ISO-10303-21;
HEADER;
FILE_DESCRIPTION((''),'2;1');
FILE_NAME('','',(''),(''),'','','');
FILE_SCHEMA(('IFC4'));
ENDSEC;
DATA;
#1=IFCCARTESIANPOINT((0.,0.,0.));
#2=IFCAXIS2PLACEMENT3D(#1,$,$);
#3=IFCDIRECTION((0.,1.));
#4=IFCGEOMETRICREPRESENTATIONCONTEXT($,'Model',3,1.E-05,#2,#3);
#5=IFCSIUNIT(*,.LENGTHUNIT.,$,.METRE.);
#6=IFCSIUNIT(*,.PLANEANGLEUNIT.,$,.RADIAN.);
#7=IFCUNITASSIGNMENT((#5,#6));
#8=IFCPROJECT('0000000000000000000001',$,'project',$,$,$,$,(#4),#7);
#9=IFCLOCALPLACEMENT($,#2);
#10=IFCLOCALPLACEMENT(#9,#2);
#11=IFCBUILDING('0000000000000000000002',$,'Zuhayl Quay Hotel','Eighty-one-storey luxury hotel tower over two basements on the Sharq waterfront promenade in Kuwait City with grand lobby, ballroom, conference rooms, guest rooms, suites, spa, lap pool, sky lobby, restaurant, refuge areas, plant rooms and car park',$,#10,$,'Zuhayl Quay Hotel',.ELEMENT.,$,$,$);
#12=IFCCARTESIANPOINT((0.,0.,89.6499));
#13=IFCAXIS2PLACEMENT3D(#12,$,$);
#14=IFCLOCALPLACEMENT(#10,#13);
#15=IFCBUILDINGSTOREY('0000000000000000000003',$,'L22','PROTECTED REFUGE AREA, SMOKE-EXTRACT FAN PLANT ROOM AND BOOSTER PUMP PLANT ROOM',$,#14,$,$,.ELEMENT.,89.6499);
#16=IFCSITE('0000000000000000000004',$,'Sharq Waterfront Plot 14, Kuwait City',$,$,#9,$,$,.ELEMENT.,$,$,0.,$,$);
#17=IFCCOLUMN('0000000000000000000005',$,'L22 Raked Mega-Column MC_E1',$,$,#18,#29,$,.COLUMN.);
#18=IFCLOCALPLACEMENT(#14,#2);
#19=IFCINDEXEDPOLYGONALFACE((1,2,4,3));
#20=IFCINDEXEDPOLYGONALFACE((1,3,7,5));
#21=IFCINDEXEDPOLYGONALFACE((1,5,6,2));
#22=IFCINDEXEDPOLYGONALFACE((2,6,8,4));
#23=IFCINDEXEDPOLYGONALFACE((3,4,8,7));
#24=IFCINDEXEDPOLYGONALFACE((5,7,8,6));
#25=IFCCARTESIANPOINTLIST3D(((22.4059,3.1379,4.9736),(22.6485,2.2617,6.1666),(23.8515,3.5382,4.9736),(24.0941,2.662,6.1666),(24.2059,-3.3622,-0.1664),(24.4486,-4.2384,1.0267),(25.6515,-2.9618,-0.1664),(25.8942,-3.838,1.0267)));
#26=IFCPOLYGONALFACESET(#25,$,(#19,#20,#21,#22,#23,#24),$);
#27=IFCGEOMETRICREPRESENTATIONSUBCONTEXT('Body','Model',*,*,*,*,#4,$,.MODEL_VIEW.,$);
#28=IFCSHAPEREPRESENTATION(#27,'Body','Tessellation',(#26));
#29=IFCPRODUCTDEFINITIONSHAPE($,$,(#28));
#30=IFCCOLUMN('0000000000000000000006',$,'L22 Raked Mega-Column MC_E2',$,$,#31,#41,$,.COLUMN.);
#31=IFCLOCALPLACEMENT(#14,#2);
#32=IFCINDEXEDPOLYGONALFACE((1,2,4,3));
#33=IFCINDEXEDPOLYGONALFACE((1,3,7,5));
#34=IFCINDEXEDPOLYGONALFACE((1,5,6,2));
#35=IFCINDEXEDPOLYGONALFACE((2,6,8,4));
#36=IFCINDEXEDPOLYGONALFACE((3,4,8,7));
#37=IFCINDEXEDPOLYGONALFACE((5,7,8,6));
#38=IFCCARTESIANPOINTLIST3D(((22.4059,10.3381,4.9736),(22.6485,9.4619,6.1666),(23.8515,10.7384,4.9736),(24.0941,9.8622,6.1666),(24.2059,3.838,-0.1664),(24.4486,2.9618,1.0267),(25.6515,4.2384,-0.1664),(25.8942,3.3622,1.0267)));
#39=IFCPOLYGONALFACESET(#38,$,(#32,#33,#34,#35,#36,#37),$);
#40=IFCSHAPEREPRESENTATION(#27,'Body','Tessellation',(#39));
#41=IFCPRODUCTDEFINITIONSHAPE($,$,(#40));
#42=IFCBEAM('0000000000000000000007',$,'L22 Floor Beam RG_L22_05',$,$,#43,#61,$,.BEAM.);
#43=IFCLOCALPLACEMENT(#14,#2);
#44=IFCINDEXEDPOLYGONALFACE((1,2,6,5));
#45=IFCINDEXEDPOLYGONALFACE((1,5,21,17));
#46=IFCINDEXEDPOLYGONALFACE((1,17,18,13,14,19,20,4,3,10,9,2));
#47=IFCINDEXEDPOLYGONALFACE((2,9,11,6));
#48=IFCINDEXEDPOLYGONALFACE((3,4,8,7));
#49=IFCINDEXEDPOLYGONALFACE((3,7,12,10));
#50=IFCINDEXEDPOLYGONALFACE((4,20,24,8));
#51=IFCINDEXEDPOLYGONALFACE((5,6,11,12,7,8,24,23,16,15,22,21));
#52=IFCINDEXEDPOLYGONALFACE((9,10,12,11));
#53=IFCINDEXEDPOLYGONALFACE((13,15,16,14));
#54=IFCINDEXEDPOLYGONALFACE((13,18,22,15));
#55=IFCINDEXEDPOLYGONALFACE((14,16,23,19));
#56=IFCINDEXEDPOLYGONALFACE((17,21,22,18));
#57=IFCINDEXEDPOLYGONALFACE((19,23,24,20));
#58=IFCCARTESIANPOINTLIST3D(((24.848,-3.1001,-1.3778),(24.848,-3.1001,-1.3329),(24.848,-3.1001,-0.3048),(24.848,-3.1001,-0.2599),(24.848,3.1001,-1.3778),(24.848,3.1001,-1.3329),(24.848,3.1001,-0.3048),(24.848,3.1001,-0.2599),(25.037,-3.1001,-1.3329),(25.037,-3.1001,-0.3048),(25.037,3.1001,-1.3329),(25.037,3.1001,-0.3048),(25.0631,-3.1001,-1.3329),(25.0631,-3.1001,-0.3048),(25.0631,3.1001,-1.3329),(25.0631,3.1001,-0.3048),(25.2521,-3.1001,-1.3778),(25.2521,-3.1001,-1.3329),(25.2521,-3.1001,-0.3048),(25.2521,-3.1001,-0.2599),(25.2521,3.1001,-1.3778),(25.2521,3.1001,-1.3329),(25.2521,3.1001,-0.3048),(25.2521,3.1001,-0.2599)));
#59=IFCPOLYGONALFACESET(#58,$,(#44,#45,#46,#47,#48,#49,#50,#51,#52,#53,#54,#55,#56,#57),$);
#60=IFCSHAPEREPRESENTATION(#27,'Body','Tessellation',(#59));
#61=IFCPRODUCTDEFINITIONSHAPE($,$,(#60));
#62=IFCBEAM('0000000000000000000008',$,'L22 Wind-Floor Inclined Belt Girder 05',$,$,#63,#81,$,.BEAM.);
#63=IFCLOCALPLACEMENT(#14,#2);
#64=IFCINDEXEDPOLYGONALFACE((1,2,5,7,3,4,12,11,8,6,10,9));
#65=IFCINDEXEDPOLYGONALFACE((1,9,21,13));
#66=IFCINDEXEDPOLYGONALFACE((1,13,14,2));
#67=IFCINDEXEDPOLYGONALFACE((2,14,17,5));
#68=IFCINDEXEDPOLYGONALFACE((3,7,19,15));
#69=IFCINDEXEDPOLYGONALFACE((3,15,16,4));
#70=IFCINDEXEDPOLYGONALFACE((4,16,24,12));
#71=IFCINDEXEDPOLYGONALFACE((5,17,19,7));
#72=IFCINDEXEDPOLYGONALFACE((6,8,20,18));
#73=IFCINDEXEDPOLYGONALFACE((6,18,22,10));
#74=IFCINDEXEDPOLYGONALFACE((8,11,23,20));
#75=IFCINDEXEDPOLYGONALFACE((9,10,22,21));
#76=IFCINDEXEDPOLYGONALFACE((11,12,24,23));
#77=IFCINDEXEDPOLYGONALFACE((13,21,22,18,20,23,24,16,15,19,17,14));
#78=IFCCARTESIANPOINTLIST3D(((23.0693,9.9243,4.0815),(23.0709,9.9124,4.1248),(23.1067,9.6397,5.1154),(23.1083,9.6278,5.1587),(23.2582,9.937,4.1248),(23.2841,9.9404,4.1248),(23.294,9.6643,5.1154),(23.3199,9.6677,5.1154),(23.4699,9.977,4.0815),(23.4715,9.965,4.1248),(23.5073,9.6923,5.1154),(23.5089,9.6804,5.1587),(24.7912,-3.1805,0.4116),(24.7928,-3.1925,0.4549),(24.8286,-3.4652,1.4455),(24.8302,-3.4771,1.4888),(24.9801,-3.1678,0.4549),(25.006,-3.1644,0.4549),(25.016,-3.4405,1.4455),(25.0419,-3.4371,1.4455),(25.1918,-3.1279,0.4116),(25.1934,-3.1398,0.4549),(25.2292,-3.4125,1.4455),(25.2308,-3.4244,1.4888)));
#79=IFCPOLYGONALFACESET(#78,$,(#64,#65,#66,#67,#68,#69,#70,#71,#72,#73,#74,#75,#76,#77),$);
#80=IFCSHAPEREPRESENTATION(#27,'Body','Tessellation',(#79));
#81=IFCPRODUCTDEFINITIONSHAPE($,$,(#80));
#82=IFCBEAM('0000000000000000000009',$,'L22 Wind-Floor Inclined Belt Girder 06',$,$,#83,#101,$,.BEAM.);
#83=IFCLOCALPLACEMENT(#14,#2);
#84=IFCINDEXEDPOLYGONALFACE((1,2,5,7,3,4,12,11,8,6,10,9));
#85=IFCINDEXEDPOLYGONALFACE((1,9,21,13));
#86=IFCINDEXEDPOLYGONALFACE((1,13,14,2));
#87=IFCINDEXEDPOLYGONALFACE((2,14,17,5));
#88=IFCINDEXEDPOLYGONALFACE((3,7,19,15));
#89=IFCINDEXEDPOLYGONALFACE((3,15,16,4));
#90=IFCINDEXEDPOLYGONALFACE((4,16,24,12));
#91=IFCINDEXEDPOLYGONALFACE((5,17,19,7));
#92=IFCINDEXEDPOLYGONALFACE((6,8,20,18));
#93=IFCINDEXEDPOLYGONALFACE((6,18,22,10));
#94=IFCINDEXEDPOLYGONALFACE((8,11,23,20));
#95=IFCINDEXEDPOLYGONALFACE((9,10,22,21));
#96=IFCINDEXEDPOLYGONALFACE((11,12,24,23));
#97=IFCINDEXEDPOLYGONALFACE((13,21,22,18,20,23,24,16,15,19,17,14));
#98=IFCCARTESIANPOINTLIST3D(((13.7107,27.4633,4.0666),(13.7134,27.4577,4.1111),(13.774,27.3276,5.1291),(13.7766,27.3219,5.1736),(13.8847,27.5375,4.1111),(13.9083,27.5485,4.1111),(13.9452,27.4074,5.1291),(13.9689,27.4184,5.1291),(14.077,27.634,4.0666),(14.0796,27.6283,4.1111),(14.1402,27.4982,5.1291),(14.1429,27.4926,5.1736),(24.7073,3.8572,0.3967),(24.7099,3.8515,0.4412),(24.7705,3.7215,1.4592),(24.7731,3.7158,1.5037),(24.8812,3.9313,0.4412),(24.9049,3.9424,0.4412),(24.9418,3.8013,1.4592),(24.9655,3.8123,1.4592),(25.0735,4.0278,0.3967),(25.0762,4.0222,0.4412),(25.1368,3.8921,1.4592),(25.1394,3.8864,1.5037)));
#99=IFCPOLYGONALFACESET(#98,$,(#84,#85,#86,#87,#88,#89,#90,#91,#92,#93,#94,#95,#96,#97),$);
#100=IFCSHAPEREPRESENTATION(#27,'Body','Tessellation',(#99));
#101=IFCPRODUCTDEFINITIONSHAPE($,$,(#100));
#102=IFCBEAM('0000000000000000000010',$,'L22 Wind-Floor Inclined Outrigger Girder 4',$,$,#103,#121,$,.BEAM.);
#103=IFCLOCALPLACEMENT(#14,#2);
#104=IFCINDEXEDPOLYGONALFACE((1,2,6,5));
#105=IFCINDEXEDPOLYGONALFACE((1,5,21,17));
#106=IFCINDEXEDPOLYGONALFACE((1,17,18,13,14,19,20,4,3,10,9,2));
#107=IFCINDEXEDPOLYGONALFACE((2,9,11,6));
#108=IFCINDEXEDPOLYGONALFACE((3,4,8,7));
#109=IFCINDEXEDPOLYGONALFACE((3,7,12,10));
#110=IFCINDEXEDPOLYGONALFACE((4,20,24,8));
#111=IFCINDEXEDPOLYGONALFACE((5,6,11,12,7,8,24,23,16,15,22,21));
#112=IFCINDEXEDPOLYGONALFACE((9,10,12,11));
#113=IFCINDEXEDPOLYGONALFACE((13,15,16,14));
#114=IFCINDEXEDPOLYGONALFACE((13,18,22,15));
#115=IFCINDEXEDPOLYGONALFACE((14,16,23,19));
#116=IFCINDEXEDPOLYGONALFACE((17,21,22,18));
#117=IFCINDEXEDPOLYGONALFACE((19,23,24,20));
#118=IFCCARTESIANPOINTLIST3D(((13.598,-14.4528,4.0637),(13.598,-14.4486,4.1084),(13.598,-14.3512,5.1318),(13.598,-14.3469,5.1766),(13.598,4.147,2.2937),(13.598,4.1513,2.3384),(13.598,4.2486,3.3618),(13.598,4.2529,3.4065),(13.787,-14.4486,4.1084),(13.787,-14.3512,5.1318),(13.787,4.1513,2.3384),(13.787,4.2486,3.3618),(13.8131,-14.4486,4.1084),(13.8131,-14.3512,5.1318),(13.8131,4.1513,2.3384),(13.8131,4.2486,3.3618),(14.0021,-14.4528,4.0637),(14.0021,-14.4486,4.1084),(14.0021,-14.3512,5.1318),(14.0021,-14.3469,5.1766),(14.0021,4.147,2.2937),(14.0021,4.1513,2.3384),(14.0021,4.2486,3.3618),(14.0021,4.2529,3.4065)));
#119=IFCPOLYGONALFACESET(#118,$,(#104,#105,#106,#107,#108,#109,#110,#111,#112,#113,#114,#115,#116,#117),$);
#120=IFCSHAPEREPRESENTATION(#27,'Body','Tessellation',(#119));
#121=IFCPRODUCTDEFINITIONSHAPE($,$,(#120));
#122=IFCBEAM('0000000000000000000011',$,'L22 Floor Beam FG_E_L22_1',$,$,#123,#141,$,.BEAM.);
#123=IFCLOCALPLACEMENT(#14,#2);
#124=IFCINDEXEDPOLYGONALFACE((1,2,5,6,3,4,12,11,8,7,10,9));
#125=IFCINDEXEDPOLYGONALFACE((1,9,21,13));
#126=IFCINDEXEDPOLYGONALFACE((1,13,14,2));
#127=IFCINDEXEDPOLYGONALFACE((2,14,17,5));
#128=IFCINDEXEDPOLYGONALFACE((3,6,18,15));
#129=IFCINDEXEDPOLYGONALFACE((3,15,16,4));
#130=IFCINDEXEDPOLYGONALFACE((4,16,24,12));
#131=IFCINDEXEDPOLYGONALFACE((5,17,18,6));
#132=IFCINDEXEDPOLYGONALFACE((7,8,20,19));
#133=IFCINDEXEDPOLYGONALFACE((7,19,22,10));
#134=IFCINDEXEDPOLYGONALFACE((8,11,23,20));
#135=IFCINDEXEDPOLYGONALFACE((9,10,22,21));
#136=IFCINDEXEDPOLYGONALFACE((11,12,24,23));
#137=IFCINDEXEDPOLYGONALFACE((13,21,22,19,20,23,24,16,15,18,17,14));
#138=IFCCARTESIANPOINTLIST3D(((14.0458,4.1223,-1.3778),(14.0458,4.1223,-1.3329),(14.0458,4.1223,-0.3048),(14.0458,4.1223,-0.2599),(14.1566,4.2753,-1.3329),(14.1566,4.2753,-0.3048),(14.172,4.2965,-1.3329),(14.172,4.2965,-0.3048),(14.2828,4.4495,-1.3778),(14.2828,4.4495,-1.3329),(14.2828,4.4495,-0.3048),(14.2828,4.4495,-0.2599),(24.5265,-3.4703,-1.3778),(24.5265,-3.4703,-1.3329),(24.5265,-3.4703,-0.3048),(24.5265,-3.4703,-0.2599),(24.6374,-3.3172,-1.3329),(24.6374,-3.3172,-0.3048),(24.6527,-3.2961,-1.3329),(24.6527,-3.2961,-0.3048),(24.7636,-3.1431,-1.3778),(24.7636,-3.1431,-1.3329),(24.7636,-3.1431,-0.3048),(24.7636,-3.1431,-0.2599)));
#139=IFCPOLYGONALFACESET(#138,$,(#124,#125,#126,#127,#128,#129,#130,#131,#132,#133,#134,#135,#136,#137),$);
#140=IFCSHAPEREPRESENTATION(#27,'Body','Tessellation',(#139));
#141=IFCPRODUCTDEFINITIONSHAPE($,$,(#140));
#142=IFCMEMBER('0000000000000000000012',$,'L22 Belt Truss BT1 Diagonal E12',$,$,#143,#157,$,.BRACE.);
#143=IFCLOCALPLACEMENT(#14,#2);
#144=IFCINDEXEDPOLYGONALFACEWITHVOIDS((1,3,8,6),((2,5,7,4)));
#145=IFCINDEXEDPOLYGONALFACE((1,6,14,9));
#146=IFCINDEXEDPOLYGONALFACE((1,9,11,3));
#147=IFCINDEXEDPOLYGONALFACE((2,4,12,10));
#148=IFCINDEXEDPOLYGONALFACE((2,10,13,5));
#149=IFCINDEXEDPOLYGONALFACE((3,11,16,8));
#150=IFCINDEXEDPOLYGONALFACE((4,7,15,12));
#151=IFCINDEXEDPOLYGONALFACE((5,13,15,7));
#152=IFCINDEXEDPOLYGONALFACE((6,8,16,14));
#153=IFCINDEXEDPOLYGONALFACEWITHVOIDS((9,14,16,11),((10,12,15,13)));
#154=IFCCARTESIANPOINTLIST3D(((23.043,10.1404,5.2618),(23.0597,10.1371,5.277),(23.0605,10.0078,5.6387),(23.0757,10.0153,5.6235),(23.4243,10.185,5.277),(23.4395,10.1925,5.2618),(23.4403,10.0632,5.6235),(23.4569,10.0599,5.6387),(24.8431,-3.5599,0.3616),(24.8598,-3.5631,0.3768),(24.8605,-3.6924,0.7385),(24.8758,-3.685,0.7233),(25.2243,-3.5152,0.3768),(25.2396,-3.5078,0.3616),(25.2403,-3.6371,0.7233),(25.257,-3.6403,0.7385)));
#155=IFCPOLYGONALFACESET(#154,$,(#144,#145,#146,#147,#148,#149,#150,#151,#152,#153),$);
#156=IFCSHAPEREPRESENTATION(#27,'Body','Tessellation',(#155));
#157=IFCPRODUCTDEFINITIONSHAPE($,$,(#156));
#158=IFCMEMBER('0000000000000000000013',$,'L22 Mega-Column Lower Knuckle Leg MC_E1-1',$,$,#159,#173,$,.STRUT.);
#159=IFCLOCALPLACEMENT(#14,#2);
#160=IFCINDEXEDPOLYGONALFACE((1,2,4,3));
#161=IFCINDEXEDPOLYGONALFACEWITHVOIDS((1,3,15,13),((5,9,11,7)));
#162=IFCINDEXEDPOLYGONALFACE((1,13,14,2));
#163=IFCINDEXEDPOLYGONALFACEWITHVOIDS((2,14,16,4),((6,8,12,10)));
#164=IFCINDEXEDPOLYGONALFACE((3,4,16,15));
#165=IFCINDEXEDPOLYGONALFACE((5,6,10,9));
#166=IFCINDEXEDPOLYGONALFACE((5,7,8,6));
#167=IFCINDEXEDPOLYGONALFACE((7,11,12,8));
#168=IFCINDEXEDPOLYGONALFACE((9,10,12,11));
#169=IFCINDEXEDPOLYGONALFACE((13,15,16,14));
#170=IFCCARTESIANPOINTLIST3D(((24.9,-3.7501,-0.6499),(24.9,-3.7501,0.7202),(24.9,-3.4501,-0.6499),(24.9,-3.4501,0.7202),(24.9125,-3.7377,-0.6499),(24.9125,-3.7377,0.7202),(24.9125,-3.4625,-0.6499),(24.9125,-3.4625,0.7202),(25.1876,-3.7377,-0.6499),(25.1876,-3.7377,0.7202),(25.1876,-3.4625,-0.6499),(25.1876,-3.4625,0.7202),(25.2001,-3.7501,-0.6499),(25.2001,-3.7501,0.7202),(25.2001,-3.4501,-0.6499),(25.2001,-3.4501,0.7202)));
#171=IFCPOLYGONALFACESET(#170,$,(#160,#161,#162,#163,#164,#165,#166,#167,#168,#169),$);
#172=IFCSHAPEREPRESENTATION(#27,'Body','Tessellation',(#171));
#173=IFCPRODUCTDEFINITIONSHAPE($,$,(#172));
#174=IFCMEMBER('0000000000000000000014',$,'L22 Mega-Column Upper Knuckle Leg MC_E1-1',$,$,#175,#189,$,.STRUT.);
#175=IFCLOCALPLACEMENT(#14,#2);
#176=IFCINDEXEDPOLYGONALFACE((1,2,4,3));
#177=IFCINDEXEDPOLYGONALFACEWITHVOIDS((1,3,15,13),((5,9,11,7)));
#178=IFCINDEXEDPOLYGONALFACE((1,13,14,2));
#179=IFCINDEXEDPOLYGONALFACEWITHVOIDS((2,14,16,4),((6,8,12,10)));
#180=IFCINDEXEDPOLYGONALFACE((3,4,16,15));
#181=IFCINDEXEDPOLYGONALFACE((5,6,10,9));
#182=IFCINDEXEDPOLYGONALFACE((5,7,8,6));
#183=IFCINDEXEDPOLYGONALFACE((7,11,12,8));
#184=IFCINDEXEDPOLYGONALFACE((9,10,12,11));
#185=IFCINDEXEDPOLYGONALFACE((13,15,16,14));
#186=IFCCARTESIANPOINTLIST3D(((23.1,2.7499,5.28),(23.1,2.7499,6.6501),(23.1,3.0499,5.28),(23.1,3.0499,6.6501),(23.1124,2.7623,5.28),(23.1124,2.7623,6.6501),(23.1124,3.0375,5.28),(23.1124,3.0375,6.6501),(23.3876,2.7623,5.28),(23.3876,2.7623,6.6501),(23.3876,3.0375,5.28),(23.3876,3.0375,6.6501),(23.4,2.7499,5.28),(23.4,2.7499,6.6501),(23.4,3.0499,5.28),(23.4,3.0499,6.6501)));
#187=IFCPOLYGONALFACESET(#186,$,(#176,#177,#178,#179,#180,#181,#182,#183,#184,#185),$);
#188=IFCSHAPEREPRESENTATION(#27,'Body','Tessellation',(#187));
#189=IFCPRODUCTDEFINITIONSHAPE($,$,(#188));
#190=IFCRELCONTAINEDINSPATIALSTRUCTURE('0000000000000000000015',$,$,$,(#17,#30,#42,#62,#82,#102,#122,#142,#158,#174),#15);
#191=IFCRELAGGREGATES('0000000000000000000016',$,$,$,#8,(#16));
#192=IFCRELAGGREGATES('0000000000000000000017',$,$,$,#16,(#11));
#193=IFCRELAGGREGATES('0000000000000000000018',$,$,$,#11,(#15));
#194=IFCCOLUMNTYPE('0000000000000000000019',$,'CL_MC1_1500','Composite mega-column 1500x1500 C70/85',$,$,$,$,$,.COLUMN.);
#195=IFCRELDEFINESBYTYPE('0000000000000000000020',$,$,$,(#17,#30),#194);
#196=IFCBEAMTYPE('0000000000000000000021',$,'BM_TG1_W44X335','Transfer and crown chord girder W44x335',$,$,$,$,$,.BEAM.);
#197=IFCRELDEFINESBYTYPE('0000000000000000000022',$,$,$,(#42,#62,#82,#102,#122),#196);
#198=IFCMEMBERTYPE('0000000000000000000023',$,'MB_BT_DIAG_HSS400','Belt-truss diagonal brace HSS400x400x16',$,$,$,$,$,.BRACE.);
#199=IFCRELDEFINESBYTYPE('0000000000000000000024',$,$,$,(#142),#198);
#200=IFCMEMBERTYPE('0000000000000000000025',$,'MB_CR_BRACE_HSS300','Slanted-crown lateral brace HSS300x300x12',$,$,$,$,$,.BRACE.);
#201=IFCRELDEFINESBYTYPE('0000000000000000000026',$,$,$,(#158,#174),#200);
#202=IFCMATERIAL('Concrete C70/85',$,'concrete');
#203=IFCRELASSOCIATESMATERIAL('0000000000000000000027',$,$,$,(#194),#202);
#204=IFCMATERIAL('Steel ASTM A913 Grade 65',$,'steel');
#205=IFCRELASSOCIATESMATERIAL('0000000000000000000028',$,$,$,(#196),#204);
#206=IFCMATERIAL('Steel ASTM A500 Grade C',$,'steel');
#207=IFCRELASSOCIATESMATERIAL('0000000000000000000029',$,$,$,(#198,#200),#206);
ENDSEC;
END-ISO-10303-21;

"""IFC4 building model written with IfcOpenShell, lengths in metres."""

from ifc_helpers import new_model, si_unit, direction, frame, origin, origin_2d, place, context, subcontext, project, spatial, rectangle, hollow_rectangle, i_section, extrude, material, material_profile, profile_set, type_object, element, save


model = new_model("IFC4")

# Units and contexts
model_context = context("Model", 3, precision=1e-05, world=origin(), true_north=direction((0.0, 1.0)))
body_context = subcontext(model_context, "Body", "Model", "MODEL_VIEW")
ifc_project = project(units=[si_unit("LENGTHUNIT", "METRE"), si_unit("PLANEANGLEUNIT", "RADIAN")], contexts=[model_context])

# Site, building, storey
site_placement = place(None, origin())
site = spatial("IfcSite", under=ifc_project, at=site_placement, Name="Sharq Waterfront Plot 14, Kuwait City", CompositionType="ELEMENT", RefElevation=0.0)
building_placement = place(site_placement, origin())
building = spatial("IfcBuilding", under=site, at=building_placement, Name="Zuhayl Quay Hotel", Description="Eighty-one-storey luxury hotel tower over two basements on the Sharq waterfront promenade in Kuwait City with grand lobby, ballroom, conference rooms, guest rooms, suites, spa, lap pool, sky lobby, restaurant, refuge areas, plant rooms and car park", LongName="Zuhayl Quay Hotel", CompositionType="ELEMENT")
storey_placement = place(building_placement, frame((0.0, 0.0, 89.6499)))
storey = spatial("IfcBuildingStorey", under=building, at=storey_placement, Name="L22", Description="PROTECTED REFUGE AREA, SMOKE-EXTRACT FAN PLANT ROOM AND BOOSTER PUMP PLANT ROOM", CompositionType="ELEMENT", Elevation=89.6499)

# Columns
ifc_material_1 = material(Name="Concrete C70/85", Category="concrete")
ifc_material_profile_1 = material_profile(ifc_material_1, rectangle(XDim=1.5, YDim=1.5, at=origin_2d()), Name="RC1500X1500")
ifc_profile_set_1 = profile_set([ifc_material_profile_1], Name="Concrete C70/85")
column_type = type_object("IfcColumnType", Name="CL_MC1_1500", Description="Composite mega-column 1500x1500 C70/85", PredefinedType="COLUMN", material=ifc_profile_set_1)
for number, where, z_axis, x_axis, name in (
    (1, (25.05, -3.6001, 0.4302), (-0.212272, 0.766519, 0.606127), (-0.963728, -0.266886, 0.0), "L22 Raked Mega-Column MC_E1"),
    (2, (25.05, 3.6001, 0.4302), (-0.212272, 0.766519, 0.606127), (-0.963728, -0.266886, 0.0), "L22 Raked Mega-Column MC_E2"),
):
    element("IfcColumn", number, at=place(storey_placement, frame(where, z_axis=z_axis, x_axis=x_axis)), inside=storey, type_object=column_type, Name=name, PredefinedType="COLUMN", context=body_context, shape_type="SweptSolid", body=[
        extrude(rectangle(XDim=1.5, YDim=1.5, at=origin_2d()), origin(), (0.0, 0.0, 1.0), 8.48),
    ])

# Beams
ifc_material_2 = material(Name="Steel ASTM A913 Grade 65", Category="steel")
ifc_material_profile_2 = material_profile(ifc_material_2, i_section(OverallWidth=0.4041, OverallDepth=1.1179, WebThickness=0.0261, FlangeThickness=0.0449, at=origin_2d()), Name="W44X335")
ifc_profile_set_2 = profile_set([ifc_material_profile_2], Name="Steel ASTM A913 Grade 65")
beam_type = type_object("IfcBeamType", Name="BM_TG1_W44X335", Description="Transfer and crown chord girder W44x335", PredefinedType="BEAM", material=ifc_profile_set_2)
beam_1_placement = place(storey_placement, frame((25.05, -3.1001, -0.8188), z_axis=(0.0, 1.0, 0.0), x_axis=(-1.0, 0.0, 0.0)))
element("IfcBeam", 3, at=beam_1_placement, inside=storey, type_object=beam_type, Name="L22 Floor Beam RG_L22_05", PredefinedType="BEAM", context=body_context, shape_type="SweptSolid", body=[
    extrude(i_section(OverallWidth=0.4041, OverallDepth=1.1179, WebThickness=0.0261, FlangeThickness=0.0449, at=origin_2d()), origin(), (0.0, 0.0, 1.0), 6.2002),
])
beam_2_placement = place(storey_placement, frame((25.011, -3.3025, 0.9502), z_axis=(-0.125526, 0.955337, 0.267533), x_axis=(-0.991478, -0.130275, 0.0)))
element("IfcBeam", 4, at=beam_2_placement, inside=storey, type_object=beam_type, Name="L22 Wind-Floor Inclined Belt Girder 05", PredefinedType="BEAM", context=body_context, shape_type="SweptSolid", body=[
    extrude(i_section(OverallWidth=0.4041, OverallDepth=1.1179, WebThickness=0.0261, FlangeThickness=0.0449, at=origin_2d()), origin(), (0.0, 0.0, 1.0), 13.7175),
])
beam_3_placement = place(storey_placement, frame((24.9233, 3.8718, 0.9502), z_axis=(-0.418134, 0.897603, 0.139545), x_axis=(-0.906472, -0.422266, 0.0)))
element("IfcBeam", 5, at=beam_3_placement, inside=storey, type_object=beam_type, Name="L22 Wind-Floor Inclined Belt Girder 06", PredefinedType="BEAM", context=body_context, shape_type="SweptSolid", body=[
    extrude(i_section(OverallWidth=0.4041, OverallDepth=1.1179, WebThickness=0.0261, FlangeThickness=0.0449, at=origin_2d()), origin(), (0.0, 0.0, 1.0), 26.2991),
])
beam_4_placement = place(storey_placement, frame((13.8, 4.2, 2.8501), z_axis=(0.0, -0.995503, 0.094735), x_axis=(1.0, 0.0, 0.0)))
element("IfcBeam", 6, at=beam_4_placement, inside=storey, type_object=beam_type, Name="L22 Wind-Floor Inclined Outrigger Girder 4", PredefinedType="BEAM", context=body_context, shape_type="SweptSolid", body=[
    extrude(i_section(OverallWidth=0.4041, OverallDepth=1.1179, WebThickness=0.0261, FlangeThickness=0.0449, at=origin_2d()), origin(), (0.0, 0.0, 1.0), 18.6838),
])
beam_5_placement = place(storey_placement, frame((14.1643, 4.2859, -0.8188), z_axis=(0.80983, -0.586664, 0.0), x_axis=(0.586664, 0.80983, 0.0)))
element("IfcBeam", 7, at=beam_5_placement, inside=storey, type_object=beam_type, Name="L22 Floor Beam FG_E_L22_1", PredefinedType="BEAM", context=body_context, shape_type="SweptSolid", body=[
    extrude(i_section(OverallWidth=0.4041, OverallDepth=1.1179, WebThickness=0.0261, FlangeThickness=0.0449, at=origin_2d()), origin(), (0.0, 0.0, 1.0), 12.9419),
])

# Members
ifc_material_3 = material(Name="Steel ASTM A500 Grade C", Category="steel")
ifc_material_profile_3 = material_profile(ifc_material_3, hollow_rectangle(XDim=0.3999, YDim=0.3999, WallThickness=0.0161, at=origin_2d()), Name="HSS400X400X16")
ifc_profile_set_3 = profile_set([ifc_material_profile_3], Name="Steel ASTM A500 Grade C")
member_type_1 = type_object("IfcMemberType", Name="MB_BT_DIAG_HSS400", Description="Belt-truss diagonal brace HSS400x400x16", PredefinedType="BRACE", material=ifc_profile_set_3)
member_1_placement = place(storey_placement, frame((25.05, -3.6001, 0.55), z_axis=(-0.122777, 0.934461, 0.334228), x_axis=(-0.991479, -0.130269, 0.0)))
element("IfcMember", 8, at=member_1_placement, inside=storey, type_object=member_type_1, Name="L22 Belt Truss BT1 Diagonal E12", PredefinedType="BRACE", context=body_context, shape_type="SweptSolid", body=[
    extrude(hollow_rectangle(XDim=0.3999, YDim=0.3999, WallThickness=0.0161, at=origin_2d()), origin(), (0.0, 0.0, 1.0), 14.6611),
])
ifc_material_profile_4 = material_profile(ifc_material_3, hollow_rectangle(XDim=0.3, YDim=0.3, WallThickness=0.0125, at=origin_2d()), Name="HSS300X300X12")
ifc_profile_set_4 = profile_set([ifc_material_profile_4], Name="Steel ASTM A500 Grade C")
member_type_2 = type_object("IfcMemberType", Name="MB_CR_BRACE_HSS300", Description="Slanted-crown lateral brace HSS300x300x12", PredefinedType="BRACE", material=ifc_profile_set_4)
for number, where, z_axis, x_axis, name in (
    (9, (25.05, -3.6001, -0.6499), (0.0, 0.0, 1.0), (1.0, 0.0, 0.0), "L22 Mega-Column Lower Knuckle Leg MC_E1-1"),
    (10, (23.25, 2.8999, 5.28), (0.0, 0.0, 1.0), (1.0, 0.0, 0.0), "L22 Mega-Column Upper Knuckle Leg MC_E1-1"),
):
    element("IfcMember", number, at=place(storey_placement, frame(where, z_axis=z_axis, x_axis=x_axis)), inside=storey, type_object=member_type_2, Name=name, PredefinedType="STRUT", context=body_context, shape_type="SweptSolid", body=[
        extrude(hollow_rectangle(XDim=0.3, YDim=0.3, WallThickness=0.0125, at=origin_2d()), origin(), (0.0, 0.0, 1.0), 1.3701),
    ])

save(model, "model.ifc")
